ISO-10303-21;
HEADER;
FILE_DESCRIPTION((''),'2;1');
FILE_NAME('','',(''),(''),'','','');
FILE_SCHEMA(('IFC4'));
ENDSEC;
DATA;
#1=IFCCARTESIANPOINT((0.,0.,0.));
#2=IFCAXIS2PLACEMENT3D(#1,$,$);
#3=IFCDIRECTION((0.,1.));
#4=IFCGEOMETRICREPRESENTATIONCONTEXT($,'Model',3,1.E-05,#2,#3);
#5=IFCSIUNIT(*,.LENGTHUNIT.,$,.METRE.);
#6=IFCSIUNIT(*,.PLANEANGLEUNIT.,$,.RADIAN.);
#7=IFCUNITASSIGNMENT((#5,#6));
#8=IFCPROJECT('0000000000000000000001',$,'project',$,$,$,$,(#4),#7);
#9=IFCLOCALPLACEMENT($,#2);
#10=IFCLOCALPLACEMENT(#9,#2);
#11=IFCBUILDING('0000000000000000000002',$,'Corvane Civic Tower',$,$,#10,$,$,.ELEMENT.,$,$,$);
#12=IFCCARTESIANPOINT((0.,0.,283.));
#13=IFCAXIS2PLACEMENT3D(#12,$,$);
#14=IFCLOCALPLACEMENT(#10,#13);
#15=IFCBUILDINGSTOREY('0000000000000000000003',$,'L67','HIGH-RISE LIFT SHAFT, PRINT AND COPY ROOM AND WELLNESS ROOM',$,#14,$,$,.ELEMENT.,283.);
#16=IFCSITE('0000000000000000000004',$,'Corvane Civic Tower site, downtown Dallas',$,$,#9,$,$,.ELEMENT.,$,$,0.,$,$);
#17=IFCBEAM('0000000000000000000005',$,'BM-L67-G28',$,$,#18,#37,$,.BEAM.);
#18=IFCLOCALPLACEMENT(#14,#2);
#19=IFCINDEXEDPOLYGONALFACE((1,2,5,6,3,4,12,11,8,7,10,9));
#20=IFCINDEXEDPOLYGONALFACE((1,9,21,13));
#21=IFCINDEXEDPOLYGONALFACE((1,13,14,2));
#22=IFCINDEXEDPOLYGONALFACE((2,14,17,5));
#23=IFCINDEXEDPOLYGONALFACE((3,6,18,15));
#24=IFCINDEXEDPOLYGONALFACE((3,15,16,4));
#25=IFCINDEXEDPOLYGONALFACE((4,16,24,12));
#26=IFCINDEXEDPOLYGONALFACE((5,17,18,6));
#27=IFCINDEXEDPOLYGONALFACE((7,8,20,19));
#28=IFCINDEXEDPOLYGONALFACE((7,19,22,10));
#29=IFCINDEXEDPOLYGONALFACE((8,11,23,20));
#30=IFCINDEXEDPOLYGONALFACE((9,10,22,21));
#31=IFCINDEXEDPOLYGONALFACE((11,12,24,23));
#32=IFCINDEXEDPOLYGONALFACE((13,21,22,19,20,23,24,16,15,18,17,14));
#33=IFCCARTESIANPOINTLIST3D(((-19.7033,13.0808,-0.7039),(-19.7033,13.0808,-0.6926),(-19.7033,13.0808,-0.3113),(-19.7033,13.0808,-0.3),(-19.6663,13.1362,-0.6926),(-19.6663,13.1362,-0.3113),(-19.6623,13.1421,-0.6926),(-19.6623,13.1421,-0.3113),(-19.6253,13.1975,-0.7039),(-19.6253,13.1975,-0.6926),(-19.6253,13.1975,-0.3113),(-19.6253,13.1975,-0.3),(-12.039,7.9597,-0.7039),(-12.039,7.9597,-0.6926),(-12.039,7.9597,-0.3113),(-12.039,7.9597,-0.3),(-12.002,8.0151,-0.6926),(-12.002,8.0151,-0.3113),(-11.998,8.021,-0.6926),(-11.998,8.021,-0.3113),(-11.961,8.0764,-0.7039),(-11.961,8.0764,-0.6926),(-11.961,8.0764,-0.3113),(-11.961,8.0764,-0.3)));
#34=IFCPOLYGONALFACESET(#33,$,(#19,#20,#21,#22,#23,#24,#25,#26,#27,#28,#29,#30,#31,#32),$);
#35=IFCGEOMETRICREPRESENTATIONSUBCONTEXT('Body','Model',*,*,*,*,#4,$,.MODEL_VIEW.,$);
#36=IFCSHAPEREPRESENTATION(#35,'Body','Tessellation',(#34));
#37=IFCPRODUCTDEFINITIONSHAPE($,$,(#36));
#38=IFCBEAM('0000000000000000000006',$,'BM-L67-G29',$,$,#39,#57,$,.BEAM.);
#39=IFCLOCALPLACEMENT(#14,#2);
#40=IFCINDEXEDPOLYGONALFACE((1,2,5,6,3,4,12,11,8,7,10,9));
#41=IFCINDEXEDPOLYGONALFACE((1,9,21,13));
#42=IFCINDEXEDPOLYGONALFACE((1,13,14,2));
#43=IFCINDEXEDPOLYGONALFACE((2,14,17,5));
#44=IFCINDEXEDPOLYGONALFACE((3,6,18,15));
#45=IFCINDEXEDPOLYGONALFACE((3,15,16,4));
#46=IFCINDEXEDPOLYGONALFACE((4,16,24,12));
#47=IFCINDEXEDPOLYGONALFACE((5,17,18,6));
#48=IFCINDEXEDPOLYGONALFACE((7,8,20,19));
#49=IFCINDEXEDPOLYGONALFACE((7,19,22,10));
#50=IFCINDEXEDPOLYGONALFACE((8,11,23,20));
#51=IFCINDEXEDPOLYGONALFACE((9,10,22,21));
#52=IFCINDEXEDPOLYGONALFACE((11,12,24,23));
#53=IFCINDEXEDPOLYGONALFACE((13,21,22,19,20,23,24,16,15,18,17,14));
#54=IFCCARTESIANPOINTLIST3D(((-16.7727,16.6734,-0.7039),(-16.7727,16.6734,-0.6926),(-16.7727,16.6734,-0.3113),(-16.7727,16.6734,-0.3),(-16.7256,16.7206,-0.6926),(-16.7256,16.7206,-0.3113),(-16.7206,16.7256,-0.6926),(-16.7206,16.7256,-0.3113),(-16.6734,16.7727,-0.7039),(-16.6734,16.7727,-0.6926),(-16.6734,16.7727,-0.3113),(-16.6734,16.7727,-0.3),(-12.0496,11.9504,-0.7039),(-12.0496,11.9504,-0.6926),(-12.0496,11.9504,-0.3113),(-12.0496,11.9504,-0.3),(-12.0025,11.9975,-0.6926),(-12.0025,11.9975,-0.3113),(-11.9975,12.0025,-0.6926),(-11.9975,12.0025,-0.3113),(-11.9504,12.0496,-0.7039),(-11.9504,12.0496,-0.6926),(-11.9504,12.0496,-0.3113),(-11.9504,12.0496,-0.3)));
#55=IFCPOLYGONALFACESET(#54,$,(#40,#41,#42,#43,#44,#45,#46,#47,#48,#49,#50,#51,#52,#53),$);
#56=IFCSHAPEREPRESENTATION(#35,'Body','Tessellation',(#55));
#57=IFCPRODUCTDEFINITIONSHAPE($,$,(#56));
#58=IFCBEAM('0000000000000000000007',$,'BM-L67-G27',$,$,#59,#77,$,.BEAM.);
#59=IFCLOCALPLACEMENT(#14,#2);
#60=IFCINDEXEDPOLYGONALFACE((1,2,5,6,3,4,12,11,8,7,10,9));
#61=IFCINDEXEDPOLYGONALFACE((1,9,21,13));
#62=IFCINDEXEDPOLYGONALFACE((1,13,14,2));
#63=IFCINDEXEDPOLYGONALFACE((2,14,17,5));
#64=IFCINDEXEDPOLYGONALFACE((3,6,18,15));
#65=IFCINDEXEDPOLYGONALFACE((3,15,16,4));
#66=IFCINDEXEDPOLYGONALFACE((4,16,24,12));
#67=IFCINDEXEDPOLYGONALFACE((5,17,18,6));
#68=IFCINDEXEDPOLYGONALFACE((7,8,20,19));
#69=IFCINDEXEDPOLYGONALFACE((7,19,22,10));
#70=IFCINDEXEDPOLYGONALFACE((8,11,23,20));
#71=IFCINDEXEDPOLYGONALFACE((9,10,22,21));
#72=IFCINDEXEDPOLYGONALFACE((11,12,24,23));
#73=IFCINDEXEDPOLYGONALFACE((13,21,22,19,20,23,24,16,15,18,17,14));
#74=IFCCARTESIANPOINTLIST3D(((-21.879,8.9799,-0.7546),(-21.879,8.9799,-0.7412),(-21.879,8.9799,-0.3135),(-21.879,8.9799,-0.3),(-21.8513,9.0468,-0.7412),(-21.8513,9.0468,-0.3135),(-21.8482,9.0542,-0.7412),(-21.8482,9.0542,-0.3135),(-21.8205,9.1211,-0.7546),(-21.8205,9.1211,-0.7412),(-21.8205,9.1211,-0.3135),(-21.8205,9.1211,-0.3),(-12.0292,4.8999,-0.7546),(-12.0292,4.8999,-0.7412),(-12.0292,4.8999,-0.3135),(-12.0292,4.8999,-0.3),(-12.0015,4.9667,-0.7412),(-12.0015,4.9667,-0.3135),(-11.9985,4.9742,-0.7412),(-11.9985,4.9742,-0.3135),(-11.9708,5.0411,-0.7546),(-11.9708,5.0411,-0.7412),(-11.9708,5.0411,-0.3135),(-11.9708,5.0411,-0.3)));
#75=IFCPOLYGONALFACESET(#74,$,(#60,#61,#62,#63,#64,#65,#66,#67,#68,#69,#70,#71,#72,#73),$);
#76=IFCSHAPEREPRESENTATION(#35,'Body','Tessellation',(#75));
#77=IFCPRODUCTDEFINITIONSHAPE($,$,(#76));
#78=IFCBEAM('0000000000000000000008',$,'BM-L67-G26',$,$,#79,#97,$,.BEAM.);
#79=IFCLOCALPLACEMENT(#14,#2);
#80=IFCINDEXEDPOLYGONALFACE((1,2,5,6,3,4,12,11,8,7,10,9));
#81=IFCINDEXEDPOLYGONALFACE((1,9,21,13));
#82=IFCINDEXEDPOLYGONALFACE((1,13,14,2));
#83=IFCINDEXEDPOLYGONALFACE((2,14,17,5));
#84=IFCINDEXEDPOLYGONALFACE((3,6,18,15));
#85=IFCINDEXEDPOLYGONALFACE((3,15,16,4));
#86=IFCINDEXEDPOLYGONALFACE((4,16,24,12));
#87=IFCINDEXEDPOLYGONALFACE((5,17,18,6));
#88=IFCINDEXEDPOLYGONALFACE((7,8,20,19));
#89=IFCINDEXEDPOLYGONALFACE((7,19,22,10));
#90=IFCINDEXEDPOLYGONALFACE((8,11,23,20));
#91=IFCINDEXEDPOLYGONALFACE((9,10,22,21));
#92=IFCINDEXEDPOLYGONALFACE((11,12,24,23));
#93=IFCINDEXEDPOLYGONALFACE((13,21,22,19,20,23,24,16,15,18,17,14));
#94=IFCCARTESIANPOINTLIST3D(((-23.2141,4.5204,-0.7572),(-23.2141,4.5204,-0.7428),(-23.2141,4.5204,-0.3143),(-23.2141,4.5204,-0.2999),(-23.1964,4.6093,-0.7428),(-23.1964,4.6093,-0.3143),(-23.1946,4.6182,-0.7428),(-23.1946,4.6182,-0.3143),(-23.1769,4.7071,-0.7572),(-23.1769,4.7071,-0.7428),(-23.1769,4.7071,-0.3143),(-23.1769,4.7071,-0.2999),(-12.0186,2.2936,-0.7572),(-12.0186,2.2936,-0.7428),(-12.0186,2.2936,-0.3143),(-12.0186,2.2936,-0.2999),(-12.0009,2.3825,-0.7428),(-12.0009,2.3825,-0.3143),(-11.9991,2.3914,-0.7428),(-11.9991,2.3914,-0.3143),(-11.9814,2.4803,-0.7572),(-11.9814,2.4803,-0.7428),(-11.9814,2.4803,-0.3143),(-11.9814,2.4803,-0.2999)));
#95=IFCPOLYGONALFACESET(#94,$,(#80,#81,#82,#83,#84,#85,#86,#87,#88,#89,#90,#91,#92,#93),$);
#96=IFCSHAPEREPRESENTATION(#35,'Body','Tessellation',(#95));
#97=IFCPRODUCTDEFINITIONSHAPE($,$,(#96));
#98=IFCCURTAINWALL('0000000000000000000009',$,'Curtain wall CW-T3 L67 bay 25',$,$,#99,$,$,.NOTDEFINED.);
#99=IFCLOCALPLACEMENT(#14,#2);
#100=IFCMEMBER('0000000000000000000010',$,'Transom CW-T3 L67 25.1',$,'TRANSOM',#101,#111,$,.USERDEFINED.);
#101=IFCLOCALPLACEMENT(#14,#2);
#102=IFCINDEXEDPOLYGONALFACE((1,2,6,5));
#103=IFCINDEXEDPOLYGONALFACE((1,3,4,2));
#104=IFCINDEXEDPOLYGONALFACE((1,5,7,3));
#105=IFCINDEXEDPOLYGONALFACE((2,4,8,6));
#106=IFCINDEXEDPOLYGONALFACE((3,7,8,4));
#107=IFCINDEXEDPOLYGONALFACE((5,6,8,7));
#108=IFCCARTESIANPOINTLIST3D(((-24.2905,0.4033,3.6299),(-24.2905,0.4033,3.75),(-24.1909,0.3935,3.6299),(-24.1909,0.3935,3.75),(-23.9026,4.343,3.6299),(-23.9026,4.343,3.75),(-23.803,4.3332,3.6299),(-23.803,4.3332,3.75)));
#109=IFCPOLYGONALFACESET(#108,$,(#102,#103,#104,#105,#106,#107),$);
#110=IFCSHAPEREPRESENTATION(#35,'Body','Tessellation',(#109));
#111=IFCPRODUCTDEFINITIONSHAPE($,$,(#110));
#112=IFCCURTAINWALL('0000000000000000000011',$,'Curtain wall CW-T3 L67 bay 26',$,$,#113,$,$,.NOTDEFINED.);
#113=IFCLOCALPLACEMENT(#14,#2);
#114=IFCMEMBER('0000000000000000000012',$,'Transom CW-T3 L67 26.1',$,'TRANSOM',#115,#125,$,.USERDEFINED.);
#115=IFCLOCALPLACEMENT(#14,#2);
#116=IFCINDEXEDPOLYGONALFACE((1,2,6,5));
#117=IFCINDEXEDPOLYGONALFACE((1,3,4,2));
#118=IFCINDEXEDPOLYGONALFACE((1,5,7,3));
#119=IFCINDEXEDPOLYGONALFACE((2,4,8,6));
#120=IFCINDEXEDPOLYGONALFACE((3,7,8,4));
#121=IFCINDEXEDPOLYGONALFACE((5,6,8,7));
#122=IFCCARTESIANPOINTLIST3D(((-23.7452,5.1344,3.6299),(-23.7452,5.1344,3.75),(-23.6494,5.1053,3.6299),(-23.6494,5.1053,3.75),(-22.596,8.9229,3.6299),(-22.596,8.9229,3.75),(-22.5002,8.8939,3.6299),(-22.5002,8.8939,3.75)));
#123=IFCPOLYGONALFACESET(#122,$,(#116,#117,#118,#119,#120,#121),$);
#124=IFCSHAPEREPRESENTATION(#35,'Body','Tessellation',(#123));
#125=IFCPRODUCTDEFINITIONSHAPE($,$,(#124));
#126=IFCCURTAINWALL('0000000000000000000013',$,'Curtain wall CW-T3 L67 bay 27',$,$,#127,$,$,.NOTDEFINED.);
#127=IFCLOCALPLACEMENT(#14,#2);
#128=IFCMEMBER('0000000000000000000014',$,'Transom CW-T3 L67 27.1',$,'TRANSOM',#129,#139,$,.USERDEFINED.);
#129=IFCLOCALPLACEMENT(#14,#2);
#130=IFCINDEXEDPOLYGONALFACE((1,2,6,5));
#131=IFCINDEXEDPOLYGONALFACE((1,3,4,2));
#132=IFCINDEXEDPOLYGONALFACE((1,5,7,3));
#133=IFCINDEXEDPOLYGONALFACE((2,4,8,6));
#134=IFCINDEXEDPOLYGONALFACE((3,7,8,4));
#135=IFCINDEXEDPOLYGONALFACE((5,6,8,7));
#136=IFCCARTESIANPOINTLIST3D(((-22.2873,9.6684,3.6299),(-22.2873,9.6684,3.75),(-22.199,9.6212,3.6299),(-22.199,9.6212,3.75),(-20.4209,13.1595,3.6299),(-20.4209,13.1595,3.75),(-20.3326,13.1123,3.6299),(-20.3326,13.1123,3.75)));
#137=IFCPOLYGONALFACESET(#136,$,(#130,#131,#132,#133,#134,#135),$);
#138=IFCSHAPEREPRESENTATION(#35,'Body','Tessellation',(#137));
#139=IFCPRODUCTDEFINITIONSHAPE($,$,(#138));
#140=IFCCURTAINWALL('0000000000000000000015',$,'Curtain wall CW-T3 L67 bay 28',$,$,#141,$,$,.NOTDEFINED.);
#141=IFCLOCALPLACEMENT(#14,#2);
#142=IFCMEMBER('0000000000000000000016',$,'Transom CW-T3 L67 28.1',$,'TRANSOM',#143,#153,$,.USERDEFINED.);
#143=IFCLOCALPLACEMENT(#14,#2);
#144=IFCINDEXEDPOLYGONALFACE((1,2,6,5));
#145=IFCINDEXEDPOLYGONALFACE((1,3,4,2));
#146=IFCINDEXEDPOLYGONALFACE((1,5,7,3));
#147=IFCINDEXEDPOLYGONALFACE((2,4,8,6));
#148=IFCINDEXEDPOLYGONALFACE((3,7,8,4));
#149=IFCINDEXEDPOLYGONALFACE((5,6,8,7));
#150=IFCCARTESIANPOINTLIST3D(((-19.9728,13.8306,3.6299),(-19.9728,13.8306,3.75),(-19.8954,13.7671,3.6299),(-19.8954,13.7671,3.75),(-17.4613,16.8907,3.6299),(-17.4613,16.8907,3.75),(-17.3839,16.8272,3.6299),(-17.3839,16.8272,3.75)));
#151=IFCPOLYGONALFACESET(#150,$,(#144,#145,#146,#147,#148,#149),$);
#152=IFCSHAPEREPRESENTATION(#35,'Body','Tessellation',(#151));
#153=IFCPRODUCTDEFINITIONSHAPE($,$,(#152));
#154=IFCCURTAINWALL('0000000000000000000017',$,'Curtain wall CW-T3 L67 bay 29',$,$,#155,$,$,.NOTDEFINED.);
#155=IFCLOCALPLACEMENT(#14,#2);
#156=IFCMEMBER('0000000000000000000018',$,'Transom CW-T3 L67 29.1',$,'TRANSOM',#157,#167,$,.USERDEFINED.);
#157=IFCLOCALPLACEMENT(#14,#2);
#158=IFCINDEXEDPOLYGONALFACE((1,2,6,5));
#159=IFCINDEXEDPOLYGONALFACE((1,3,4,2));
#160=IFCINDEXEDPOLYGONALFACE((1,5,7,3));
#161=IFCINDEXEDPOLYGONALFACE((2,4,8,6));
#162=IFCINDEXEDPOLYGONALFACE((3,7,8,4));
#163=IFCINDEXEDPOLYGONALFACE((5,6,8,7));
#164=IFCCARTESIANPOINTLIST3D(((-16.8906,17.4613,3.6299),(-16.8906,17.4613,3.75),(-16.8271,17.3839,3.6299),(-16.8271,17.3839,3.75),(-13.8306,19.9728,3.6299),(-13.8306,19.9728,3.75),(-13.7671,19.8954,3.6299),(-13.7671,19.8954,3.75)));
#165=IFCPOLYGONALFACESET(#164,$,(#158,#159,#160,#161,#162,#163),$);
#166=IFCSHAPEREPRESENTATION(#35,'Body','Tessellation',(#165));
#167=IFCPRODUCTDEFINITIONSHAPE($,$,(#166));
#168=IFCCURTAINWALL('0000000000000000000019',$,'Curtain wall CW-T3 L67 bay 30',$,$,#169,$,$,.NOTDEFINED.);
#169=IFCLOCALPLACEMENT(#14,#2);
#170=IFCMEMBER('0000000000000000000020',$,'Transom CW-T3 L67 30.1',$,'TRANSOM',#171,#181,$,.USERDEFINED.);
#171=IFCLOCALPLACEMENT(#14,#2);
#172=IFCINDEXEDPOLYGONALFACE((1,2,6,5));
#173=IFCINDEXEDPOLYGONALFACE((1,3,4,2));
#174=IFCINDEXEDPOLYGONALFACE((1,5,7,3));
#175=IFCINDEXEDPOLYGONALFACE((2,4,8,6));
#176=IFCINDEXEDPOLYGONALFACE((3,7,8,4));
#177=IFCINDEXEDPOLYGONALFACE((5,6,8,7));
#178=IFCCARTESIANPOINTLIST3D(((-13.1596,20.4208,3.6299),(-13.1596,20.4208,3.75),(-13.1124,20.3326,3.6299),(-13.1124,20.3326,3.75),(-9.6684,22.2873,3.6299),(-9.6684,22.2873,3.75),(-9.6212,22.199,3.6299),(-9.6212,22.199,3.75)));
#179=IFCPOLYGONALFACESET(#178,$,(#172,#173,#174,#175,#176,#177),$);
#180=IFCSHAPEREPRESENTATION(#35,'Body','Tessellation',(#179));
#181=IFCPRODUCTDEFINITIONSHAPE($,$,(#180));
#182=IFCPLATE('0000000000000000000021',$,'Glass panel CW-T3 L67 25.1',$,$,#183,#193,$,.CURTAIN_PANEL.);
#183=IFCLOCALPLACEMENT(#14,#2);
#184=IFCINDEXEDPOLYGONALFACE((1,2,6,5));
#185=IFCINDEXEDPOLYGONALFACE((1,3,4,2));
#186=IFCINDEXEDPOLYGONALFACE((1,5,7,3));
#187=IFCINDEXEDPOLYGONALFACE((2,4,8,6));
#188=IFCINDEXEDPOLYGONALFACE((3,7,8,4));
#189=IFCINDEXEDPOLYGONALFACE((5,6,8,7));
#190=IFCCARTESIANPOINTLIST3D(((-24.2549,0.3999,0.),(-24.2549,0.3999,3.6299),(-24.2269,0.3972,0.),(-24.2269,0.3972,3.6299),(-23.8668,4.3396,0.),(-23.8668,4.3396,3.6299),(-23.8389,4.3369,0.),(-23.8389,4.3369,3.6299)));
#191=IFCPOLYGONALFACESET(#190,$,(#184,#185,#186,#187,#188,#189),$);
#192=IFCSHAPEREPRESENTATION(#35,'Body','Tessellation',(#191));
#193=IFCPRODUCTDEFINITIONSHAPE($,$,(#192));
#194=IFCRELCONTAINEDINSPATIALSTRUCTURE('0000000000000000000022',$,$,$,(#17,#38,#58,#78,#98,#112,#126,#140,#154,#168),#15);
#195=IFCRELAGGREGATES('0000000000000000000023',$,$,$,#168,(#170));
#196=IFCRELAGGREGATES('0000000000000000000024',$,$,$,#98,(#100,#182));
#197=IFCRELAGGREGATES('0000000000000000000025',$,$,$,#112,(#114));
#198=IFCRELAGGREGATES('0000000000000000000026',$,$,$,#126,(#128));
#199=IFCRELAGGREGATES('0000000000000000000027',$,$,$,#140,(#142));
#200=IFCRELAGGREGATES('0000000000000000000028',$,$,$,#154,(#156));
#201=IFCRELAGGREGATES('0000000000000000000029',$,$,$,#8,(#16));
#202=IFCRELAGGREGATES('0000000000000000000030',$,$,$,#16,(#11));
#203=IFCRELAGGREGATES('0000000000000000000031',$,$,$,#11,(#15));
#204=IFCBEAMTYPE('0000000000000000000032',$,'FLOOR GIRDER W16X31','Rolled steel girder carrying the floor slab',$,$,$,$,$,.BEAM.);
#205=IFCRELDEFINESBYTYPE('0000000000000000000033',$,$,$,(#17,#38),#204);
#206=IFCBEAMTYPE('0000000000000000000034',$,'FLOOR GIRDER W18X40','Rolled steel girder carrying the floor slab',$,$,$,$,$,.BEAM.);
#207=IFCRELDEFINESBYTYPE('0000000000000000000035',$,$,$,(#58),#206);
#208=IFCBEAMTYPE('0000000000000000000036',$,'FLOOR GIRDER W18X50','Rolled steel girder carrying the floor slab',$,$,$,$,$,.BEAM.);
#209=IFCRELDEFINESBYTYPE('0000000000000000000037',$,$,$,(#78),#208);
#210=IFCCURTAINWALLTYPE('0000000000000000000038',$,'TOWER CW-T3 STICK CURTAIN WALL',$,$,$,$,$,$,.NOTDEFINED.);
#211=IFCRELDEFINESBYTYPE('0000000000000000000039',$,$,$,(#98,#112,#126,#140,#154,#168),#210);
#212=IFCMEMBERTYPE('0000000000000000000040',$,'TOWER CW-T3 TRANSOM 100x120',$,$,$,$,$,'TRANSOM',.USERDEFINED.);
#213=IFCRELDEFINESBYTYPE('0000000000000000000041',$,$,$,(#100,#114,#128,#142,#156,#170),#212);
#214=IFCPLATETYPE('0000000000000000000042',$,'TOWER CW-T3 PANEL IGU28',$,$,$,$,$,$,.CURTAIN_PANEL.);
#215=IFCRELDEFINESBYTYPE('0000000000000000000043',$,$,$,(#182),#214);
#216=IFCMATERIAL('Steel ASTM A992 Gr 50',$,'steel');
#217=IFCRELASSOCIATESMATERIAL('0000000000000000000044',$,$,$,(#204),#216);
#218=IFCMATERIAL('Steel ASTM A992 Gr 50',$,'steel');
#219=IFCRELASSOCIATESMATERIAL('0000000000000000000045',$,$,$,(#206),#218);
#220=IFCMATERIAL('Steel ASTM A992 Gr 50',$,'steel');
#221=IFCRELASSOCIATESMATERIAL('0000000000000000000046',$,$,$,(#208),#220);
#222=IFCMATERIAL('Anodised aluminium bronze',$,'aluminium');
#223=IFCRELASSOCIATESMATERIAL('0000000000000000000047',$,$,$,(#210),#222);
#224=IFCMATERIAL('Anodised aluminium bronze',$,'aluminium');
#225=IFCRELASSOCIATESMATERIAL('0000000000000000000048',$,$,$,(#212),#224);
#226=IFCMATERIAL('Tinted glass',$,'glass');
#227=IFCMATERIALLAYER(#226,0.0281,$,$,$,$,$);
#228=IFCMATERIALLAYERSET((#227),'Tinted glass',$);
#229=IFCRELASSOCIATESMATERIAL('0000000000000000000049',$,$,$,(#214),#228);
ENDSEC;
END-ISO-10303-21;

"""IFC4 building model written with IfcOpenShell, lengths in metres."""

from ifc_helpers import new_model, si_unit, direction, frame, origin, origin_2d, place, context, subcontext, project, spatial, rectangle, i_section, extrude, material, layer, layer_set, material_profile, profile_set, type_object, element, aggregate, save


model = new_model("IFC4")

# Units and contexts
model_context = context("Model", 3, precision=1e-05, world=origin(), true_north=direction((0.0, 1.0)))
body_context = subcontext(model_context, "Body", "Model", "MODEL_VIEW")
ifc_project = project(units=[si_unit("LENGTHUNIT", "METRE"), si_unit("PLANEANGLEUNIT", "RADIAN")], contexts=[model_context])

# Site, building, storey
site_placement = place(None, origin())
site = spatial("IfcSite", under=ifc_project, at=site_placement, Name="Corvane Civic Tower site, downtown Dallas", CompositionType="ELEMENT", RefElevation=0.0)
building_placement = place(site_placement, origin())
building = spatial("IfcBuilding", under=site, at=building_placement, Name="Corvane Civic Tower", CompositionType="ELEMENT")
storey_placement = place(building_placement, frame((0.0, 0.0, 283.0)))
storey = spatial("IfcBuildingStorey", under=building, at=storey_placement, Name="L67", Description="HIGH-RISE LIFT SHAFT, PRINT AND COPY ROOM AND WELLNESS ROOM", CompositionType="ELEMENT", Elevation=283.0)

# Beams
ifc_material_1 = material(Name="Steel ASTM A992 Gr 50", Category="steel")
ifc_material_profile_1 = material_profile(ifc_material_1, i_section(OverallWidth=0.1404, OverallDepth=0.4038, WebThickness=0.0071, FlangeThickness=0.0112, at=origin_2d()), Name="W16X31")
ifc_profile_set_1 = profile_set([ifc_material_profile_1], Name="Steel ASTM A992 Gr 50")
beam_type_1 = type_object("IfcBeamType", Name="FLOOR GIRDER W16X31", Description="Rolled steel girder carrying the floor slab", PredefinedType="BEAM", material=ifc_profile_set_1)
beam_1_placement = place(storey_placement, frame((-12.0, 8.0181, -0.502), z_axis=(-0.831471, 0.555568, 0.0), x_axis=(-0.555568, -0.831471, 0.0)))
element("IfcBeam", 1, at=beam_1_placement, inside=storey, type_object=beam_type_1, Name="BM-L67-G28", PredefinedType="BEAM", context=body_context, shape_type="SweptSolid", body=[
    extrude(i_section(OverallWidth=0.1404, OverallDepth=0.4038, WebThickness=0.0071, FlangeThickness=0.0112, at=origin_2d()), origin(), (0.0, 0.0, 1.0), 9.2178),
])
beam_2_placement = place(storey_placement, frame((-12.0, 12.0, -0.502), z_axis=(-0.707107, 0.707107, 0.0), x_axis=(-0.707107, -0.707107, 0.0)))
element("IfcBeam", 2, at=beam_2_placement, inside=storey, type_object=beam_type_1, Name="BM-L67-G29", PredefinedType="BEAM", context=body_context, shape_type="SweptSolid", body=[
    extrude(i_section(OverallWidth=0.1404, OverallDepth=0.4038, WebThickness=0.0071, FlangeThickness=0.0112, at=origin_2d()), origin(), (0.0, 0.0, 1.0), 6.6794),
])
ifc_material_2 = material(Name="Steel ASTM A992 Gr 50", Category="steel")
ifc_material_profile_2 = material_profile(ifc_material_2, i_section(OverallWidth=0.1528, OverallDepth=0.4546, WebThickness=0.0081, FlangeThickness=0.0134, at=origin_2d()), Name="W18X40")
ifc_profile_set_2 = profile_set([ifc_material_profile_2], Name="Steel ASTM A992 Gr 50")
beam_type_2 = type_object("IfcBeamType", Name="FLOOR GIRDER W18X40", Description="Rolled steel girder carrying the floor slab", PredefinedType="BEAM", material=ifc_profile_set_2)
beam_3_placement = place(storey_placement, frame((-12.0, 4.9705, -0.5273), z_axis=(-0.923875, 0.382694, 0.0), x_axis=(-0.382694, -0.923875, 0.0)))
element("IfcBeam", 3, at=beam_3_placement, inside=storey, type_object=beam_type_2, Name="BM-L67-G27", PredefinedType="BEAM", context=body_context, shape_type="SweptSolid", body=[
    extrude(i_section(OverallWidth=0.1528, OverallDepth=0.4546, WebThickness=0.0081, FlangeThickness=0.0134, at=origin_2d()), origin(), (0.0, 0.0, 1.0), 10.6614),
])
ifc_material_3 = material(Name="Steel ASTM A992 Gr 50", Category="steel")
ifc_material_profile_3 = material_profile(ifc_material_3, i_section(OverallWidth=0.1904, OverallDepth=0.4573, WebThickness=0.009, FlangeThickness=0.0144, at=origin_2d()), Name="W18X50")
ifc_profile_set_3 = profile_set([ifc_material_profile_3], Name="Steel ASTM A992 Gr 50")
beam_type_3 = type_object("IfcBeamType", Name="FLOOR GIRDER W18X50", Description="Rolled steel girder carrying the floor slab", PredefinedType="BEAM", material=ifc_profile_set_3)
beam_4_placement = place(storey_placement, frame((-12.0, 2.387, -0.5286), z_axis=(-0.980787, 0.19508, 0.0), x_axis=(-0.19508, -0.980787, 0.0)))
element("IfcBeam", 4, at=beam_4_placement, inside=storey, type_object=beam_type_3, Name="BM-L67-G26", PredefinedType="BEAM", context=body_context, shape_type="SweptSolid", body=[
    extrude(i_section(OverallWidth=0.1904, OverallDepth=0.4573, WebThickness=0.009, FlangeThickness=0.0144, at=origin_2d()), origin(), (0.0, 0.0, 1.0), 11.4148),
])

# Curtain walls, members
ifc_material_4 = material(Name="Anodised aluminium bronze", Category="aluminium")
curtain_wall_type = type_object("IfcCurtainWallType", Name="TOWER CW-T3 STICK CURTAIN WALL", PredefinedType="NOTDEFINED", material=ifc_material_4)
curtain_wall_1_placement = place(storey_placement, origin())
curtain_wall_1 = element("IfcCurtainWall", 5, at=curtain_wall_1_placement, inside=storey, type_object=curtain_wall_type, Name="Curtain wall CW-T3 L67 bay 25", PredefinedType="NOTDEFINED")
ifc_material_5 = material(Name="Anodised aluminium bronze", Category="aluminium")
ifc_material_profile_4 = material_profile(ifc_material_5, rectangle(XDim=0.1001, YDim=0.1201, at=origin_2d()), Name="TOWER CW-T3 TRANSOM 100x120")
ifc_profile_set_4 = profile_set([ifc_material_profile_4], Name="Anodised aluminium bronze")
member_type = type_object("IfcMemberType", Name="TOWER CW-T3 TRANSOM 100x120", ElementType="TRANSOM", PredefinedType="USERDEFINED", material=ifc_profile_set_4)
member_1_placement = place(storey_placement, frame((-24.2407, 0.3984, 3.6899), z_axis=(0.097995, 0.995187, 0.0), x_axis=(-0.995187, 0.097995, 0.0)))
member_1 = element("IfcMember", 6, at=member_1_placement, type_object=member_type, Name="Transom CW-T3 L67 25.1", ObjectType="TRANSOM", PredefinedType="USERDEFINED", context=body_context, shape_type="SweptSolid", body=[
    extrude(rectangle(XDim=0.1001, YDim=0.1201, at=origin_2d()), origin(), (0.0, 0.0, 1.0), 3.9587),
])
curtain_wall_2_placement = place(storey_placement, origin())
curtain_wall_2 = element("IfcCurtainWall", 7, at=curtain_wall_2_placement, inside=storey, type_object=curtain_wall_type, Name="Curtain wall CW-T3 L67 bay 26", PredefinedType="NOTDEFINED")
member_2_placement = place(storey_placement, frame((-23.6973, 5.1199, 3.6899), z_axis=(0.290266, 0.956946, 0.0), x_axis=(-0.956946, 0.290266, 0.0)))
member_2 = element("IfcMember", 8, at=member_2_placement, type_object=member_type, Name="Transom CW-T3 L67 26.1", ObjectType="TRANSOM", PredefinedType="USERDEFINED", context=body_context, shape_type="SweptSolid", body=[
    extrude(rectangle(XDim=0.1001, YDim=0.1201, at=origin_2d()), origin(), (0.0, 0.0, 1.0), 3.959),
])
curtain_wall_3_placement = place(storey_placement, origin())
curtain_wall_3 = element("IfcCurtainWall", 9, at=curtain_wall_3_placement, inside=storey, type_object=curtain_wall_type, Name="Curtain wall CW-T3 L67 bay 27", PredefinedType="NOTDEFINED")
member_3_placement = place(storey_placement, frame((-22.2432, 9.6448, 3.6899), z_axis=(0.471468, 0.881883, 0.0), x_axis=(-0.881883, 0.471468, 0.0)))
member_3 = element("IfcMember", 10, at=member_3_placement, type_object=member_type, Name="Transom CW-T3 L67 27.1", ObjectType="TRANSOM", PredefinedType="USERDEFINED", context=body_context, shape_type="SweptSolid", body=[
    extrude(rectangle(XDim=0.1001, YDim=0.1201, at=origin_2d()), origin(), (0.0, 0.0, 1.0), 3.9587),
])
curtain_wall_4_placement = place(storey_placement, origin())
curtain_wall_4 = element("IfcCurtainWall", 11, at=curtain_wall_4_placement, inside=storey, type_object=curtain_wall_type, Name="Curtain wall CW-T3 L67 bay 28", PredefinedType="NOTDEFINED")
member_4_placement = place(storey_placement, frame((-19.9341, 13.7988, 3.6899), z_axis=(0.634416, 0.772992, 0.0), x_axis=(-0.772992, 0.634416, 0.0)))
member_4 = element("IfcMember", 12, at=member_4_placement, type_object=member_type, Name="Transom CW-T3 L67 28.1", ObjectType="TRANSOM", PredefinedType="USERDEFINED", context=body_context, shape_type="SweptSolid", body=[
    extrude(rectangle(XDim=0.1001, YDim=0.1201, at=origin_2d()), origin(), (0.0, 0.0, 1.0), 3.9587),
])
curtain_wall_5_placement = place(storey_placement, origin())
curtain_wall_5 = element("IfcCurtainWall", 13, at=curtain_wall_5_placement, inside=storey, type_object=curtain_wall_type, Name="Curtain wall CW-T3 L67 bay 29", PredefinedType="NOTDEFINED")
member_5_placement = place(storey_placement, frame((-16.8589, 17.4226, 3.6899), z_axis=(0.772992, 0.634416, 0.0), x_axis=(-0.634416, 0.772992, 0.0)))
member_5 = element("IfcMember", 14, at=member_5_placement, type_object=member_type, Name="Transom CW-T3 L67 29.1", ObjectType="TRANSOM", PredefinedType="USERDEFINED", context=body_context, shape_type="SweptSolid", body=[
    extrude(rectangle(XDim=0.1001, YDim=0.1201, at=origin_2d()), origin(), (0.0, 0.0, 1.0), 3.9587),
])
curtain_wall_6_placement = place(storey_placement, origin())
curtain_wall_6 = element("IfcCurtainWall", 15, at=curtain_wall_6_placement, inside=storey, type_object=curtain_wall_type, Name="Curtain wall CW-T3 L67 bay 30", PredefinedType="NOTDEFINED")
member_6_placement = place(storey_placement, frame((-13.136, 20.3767, 3.6899), z_axis=(0.881883, 0.471468, 0.0), x_axis=(-0.471468, 0.881883, 0.0)))
member_6 = element("IfcMember", 16, at=member_6_placement, type_object=member_type, Name="Transom CW-T3 L67 30.1", ObjectType="TRANSOM", PredefinedType="USERDEFINED", context=body_context, shape_type="SweptSolid", body=[
    extrude(rectangle(XDim=0.1001, YDim=0.1201, at=origin_2d()), origin(), (0.0, 0.0, 1.0), 3.9587),
])
aggregate(curtain_wall_6, [member_6])

# Plate
ifc_material_6 = material(Name="Tinted glass", Category="glass")
ifc_layer_1 = layer(ifc_material_6, 0.0281)
ifc_layer_set_1 = layer_set([ifc_layer_1], Name="Tinted glass")
plate_type = type_object("IfcPlateType", Name="TOWER CW-T3 PANEL IGU28", PredefinedType="CURTAIN_PANEL", material=ifc_layer_set_1)
plate_1_placement = place(storey_placement, frame((-24.0469, 2.3684, 0.0), z_axis=(0.0, 0.0, 1.0), x_axis=(0.098021, 0.995184, 0.0)))
plate_1 = element("IfcPlate", 17, at=plate_1_placement, type_object=plate_type, Name="Glass panel CW-T3 L67 25.1", PredefinedType="CURTAIN_PANEL", context=body_context, shape_type="SweptSolid", body=[
    extrude(rectangle(XDim=3.9587, YDim=0.0281, at=origin_2d()), origin(), (0.0, 0.0, 1.0), 3.6299),
])
aggregate(curtain_wall_1, [member_1, plate_1])
aggregate(curtain_wall_2, [member_2])
aggregate(curtain_wall_3, [member_3])
aggregate(curtain_wall_4, [member_4])
aggregate(curtain_wall_5, [member_5])

save(model, "model.ifc")
